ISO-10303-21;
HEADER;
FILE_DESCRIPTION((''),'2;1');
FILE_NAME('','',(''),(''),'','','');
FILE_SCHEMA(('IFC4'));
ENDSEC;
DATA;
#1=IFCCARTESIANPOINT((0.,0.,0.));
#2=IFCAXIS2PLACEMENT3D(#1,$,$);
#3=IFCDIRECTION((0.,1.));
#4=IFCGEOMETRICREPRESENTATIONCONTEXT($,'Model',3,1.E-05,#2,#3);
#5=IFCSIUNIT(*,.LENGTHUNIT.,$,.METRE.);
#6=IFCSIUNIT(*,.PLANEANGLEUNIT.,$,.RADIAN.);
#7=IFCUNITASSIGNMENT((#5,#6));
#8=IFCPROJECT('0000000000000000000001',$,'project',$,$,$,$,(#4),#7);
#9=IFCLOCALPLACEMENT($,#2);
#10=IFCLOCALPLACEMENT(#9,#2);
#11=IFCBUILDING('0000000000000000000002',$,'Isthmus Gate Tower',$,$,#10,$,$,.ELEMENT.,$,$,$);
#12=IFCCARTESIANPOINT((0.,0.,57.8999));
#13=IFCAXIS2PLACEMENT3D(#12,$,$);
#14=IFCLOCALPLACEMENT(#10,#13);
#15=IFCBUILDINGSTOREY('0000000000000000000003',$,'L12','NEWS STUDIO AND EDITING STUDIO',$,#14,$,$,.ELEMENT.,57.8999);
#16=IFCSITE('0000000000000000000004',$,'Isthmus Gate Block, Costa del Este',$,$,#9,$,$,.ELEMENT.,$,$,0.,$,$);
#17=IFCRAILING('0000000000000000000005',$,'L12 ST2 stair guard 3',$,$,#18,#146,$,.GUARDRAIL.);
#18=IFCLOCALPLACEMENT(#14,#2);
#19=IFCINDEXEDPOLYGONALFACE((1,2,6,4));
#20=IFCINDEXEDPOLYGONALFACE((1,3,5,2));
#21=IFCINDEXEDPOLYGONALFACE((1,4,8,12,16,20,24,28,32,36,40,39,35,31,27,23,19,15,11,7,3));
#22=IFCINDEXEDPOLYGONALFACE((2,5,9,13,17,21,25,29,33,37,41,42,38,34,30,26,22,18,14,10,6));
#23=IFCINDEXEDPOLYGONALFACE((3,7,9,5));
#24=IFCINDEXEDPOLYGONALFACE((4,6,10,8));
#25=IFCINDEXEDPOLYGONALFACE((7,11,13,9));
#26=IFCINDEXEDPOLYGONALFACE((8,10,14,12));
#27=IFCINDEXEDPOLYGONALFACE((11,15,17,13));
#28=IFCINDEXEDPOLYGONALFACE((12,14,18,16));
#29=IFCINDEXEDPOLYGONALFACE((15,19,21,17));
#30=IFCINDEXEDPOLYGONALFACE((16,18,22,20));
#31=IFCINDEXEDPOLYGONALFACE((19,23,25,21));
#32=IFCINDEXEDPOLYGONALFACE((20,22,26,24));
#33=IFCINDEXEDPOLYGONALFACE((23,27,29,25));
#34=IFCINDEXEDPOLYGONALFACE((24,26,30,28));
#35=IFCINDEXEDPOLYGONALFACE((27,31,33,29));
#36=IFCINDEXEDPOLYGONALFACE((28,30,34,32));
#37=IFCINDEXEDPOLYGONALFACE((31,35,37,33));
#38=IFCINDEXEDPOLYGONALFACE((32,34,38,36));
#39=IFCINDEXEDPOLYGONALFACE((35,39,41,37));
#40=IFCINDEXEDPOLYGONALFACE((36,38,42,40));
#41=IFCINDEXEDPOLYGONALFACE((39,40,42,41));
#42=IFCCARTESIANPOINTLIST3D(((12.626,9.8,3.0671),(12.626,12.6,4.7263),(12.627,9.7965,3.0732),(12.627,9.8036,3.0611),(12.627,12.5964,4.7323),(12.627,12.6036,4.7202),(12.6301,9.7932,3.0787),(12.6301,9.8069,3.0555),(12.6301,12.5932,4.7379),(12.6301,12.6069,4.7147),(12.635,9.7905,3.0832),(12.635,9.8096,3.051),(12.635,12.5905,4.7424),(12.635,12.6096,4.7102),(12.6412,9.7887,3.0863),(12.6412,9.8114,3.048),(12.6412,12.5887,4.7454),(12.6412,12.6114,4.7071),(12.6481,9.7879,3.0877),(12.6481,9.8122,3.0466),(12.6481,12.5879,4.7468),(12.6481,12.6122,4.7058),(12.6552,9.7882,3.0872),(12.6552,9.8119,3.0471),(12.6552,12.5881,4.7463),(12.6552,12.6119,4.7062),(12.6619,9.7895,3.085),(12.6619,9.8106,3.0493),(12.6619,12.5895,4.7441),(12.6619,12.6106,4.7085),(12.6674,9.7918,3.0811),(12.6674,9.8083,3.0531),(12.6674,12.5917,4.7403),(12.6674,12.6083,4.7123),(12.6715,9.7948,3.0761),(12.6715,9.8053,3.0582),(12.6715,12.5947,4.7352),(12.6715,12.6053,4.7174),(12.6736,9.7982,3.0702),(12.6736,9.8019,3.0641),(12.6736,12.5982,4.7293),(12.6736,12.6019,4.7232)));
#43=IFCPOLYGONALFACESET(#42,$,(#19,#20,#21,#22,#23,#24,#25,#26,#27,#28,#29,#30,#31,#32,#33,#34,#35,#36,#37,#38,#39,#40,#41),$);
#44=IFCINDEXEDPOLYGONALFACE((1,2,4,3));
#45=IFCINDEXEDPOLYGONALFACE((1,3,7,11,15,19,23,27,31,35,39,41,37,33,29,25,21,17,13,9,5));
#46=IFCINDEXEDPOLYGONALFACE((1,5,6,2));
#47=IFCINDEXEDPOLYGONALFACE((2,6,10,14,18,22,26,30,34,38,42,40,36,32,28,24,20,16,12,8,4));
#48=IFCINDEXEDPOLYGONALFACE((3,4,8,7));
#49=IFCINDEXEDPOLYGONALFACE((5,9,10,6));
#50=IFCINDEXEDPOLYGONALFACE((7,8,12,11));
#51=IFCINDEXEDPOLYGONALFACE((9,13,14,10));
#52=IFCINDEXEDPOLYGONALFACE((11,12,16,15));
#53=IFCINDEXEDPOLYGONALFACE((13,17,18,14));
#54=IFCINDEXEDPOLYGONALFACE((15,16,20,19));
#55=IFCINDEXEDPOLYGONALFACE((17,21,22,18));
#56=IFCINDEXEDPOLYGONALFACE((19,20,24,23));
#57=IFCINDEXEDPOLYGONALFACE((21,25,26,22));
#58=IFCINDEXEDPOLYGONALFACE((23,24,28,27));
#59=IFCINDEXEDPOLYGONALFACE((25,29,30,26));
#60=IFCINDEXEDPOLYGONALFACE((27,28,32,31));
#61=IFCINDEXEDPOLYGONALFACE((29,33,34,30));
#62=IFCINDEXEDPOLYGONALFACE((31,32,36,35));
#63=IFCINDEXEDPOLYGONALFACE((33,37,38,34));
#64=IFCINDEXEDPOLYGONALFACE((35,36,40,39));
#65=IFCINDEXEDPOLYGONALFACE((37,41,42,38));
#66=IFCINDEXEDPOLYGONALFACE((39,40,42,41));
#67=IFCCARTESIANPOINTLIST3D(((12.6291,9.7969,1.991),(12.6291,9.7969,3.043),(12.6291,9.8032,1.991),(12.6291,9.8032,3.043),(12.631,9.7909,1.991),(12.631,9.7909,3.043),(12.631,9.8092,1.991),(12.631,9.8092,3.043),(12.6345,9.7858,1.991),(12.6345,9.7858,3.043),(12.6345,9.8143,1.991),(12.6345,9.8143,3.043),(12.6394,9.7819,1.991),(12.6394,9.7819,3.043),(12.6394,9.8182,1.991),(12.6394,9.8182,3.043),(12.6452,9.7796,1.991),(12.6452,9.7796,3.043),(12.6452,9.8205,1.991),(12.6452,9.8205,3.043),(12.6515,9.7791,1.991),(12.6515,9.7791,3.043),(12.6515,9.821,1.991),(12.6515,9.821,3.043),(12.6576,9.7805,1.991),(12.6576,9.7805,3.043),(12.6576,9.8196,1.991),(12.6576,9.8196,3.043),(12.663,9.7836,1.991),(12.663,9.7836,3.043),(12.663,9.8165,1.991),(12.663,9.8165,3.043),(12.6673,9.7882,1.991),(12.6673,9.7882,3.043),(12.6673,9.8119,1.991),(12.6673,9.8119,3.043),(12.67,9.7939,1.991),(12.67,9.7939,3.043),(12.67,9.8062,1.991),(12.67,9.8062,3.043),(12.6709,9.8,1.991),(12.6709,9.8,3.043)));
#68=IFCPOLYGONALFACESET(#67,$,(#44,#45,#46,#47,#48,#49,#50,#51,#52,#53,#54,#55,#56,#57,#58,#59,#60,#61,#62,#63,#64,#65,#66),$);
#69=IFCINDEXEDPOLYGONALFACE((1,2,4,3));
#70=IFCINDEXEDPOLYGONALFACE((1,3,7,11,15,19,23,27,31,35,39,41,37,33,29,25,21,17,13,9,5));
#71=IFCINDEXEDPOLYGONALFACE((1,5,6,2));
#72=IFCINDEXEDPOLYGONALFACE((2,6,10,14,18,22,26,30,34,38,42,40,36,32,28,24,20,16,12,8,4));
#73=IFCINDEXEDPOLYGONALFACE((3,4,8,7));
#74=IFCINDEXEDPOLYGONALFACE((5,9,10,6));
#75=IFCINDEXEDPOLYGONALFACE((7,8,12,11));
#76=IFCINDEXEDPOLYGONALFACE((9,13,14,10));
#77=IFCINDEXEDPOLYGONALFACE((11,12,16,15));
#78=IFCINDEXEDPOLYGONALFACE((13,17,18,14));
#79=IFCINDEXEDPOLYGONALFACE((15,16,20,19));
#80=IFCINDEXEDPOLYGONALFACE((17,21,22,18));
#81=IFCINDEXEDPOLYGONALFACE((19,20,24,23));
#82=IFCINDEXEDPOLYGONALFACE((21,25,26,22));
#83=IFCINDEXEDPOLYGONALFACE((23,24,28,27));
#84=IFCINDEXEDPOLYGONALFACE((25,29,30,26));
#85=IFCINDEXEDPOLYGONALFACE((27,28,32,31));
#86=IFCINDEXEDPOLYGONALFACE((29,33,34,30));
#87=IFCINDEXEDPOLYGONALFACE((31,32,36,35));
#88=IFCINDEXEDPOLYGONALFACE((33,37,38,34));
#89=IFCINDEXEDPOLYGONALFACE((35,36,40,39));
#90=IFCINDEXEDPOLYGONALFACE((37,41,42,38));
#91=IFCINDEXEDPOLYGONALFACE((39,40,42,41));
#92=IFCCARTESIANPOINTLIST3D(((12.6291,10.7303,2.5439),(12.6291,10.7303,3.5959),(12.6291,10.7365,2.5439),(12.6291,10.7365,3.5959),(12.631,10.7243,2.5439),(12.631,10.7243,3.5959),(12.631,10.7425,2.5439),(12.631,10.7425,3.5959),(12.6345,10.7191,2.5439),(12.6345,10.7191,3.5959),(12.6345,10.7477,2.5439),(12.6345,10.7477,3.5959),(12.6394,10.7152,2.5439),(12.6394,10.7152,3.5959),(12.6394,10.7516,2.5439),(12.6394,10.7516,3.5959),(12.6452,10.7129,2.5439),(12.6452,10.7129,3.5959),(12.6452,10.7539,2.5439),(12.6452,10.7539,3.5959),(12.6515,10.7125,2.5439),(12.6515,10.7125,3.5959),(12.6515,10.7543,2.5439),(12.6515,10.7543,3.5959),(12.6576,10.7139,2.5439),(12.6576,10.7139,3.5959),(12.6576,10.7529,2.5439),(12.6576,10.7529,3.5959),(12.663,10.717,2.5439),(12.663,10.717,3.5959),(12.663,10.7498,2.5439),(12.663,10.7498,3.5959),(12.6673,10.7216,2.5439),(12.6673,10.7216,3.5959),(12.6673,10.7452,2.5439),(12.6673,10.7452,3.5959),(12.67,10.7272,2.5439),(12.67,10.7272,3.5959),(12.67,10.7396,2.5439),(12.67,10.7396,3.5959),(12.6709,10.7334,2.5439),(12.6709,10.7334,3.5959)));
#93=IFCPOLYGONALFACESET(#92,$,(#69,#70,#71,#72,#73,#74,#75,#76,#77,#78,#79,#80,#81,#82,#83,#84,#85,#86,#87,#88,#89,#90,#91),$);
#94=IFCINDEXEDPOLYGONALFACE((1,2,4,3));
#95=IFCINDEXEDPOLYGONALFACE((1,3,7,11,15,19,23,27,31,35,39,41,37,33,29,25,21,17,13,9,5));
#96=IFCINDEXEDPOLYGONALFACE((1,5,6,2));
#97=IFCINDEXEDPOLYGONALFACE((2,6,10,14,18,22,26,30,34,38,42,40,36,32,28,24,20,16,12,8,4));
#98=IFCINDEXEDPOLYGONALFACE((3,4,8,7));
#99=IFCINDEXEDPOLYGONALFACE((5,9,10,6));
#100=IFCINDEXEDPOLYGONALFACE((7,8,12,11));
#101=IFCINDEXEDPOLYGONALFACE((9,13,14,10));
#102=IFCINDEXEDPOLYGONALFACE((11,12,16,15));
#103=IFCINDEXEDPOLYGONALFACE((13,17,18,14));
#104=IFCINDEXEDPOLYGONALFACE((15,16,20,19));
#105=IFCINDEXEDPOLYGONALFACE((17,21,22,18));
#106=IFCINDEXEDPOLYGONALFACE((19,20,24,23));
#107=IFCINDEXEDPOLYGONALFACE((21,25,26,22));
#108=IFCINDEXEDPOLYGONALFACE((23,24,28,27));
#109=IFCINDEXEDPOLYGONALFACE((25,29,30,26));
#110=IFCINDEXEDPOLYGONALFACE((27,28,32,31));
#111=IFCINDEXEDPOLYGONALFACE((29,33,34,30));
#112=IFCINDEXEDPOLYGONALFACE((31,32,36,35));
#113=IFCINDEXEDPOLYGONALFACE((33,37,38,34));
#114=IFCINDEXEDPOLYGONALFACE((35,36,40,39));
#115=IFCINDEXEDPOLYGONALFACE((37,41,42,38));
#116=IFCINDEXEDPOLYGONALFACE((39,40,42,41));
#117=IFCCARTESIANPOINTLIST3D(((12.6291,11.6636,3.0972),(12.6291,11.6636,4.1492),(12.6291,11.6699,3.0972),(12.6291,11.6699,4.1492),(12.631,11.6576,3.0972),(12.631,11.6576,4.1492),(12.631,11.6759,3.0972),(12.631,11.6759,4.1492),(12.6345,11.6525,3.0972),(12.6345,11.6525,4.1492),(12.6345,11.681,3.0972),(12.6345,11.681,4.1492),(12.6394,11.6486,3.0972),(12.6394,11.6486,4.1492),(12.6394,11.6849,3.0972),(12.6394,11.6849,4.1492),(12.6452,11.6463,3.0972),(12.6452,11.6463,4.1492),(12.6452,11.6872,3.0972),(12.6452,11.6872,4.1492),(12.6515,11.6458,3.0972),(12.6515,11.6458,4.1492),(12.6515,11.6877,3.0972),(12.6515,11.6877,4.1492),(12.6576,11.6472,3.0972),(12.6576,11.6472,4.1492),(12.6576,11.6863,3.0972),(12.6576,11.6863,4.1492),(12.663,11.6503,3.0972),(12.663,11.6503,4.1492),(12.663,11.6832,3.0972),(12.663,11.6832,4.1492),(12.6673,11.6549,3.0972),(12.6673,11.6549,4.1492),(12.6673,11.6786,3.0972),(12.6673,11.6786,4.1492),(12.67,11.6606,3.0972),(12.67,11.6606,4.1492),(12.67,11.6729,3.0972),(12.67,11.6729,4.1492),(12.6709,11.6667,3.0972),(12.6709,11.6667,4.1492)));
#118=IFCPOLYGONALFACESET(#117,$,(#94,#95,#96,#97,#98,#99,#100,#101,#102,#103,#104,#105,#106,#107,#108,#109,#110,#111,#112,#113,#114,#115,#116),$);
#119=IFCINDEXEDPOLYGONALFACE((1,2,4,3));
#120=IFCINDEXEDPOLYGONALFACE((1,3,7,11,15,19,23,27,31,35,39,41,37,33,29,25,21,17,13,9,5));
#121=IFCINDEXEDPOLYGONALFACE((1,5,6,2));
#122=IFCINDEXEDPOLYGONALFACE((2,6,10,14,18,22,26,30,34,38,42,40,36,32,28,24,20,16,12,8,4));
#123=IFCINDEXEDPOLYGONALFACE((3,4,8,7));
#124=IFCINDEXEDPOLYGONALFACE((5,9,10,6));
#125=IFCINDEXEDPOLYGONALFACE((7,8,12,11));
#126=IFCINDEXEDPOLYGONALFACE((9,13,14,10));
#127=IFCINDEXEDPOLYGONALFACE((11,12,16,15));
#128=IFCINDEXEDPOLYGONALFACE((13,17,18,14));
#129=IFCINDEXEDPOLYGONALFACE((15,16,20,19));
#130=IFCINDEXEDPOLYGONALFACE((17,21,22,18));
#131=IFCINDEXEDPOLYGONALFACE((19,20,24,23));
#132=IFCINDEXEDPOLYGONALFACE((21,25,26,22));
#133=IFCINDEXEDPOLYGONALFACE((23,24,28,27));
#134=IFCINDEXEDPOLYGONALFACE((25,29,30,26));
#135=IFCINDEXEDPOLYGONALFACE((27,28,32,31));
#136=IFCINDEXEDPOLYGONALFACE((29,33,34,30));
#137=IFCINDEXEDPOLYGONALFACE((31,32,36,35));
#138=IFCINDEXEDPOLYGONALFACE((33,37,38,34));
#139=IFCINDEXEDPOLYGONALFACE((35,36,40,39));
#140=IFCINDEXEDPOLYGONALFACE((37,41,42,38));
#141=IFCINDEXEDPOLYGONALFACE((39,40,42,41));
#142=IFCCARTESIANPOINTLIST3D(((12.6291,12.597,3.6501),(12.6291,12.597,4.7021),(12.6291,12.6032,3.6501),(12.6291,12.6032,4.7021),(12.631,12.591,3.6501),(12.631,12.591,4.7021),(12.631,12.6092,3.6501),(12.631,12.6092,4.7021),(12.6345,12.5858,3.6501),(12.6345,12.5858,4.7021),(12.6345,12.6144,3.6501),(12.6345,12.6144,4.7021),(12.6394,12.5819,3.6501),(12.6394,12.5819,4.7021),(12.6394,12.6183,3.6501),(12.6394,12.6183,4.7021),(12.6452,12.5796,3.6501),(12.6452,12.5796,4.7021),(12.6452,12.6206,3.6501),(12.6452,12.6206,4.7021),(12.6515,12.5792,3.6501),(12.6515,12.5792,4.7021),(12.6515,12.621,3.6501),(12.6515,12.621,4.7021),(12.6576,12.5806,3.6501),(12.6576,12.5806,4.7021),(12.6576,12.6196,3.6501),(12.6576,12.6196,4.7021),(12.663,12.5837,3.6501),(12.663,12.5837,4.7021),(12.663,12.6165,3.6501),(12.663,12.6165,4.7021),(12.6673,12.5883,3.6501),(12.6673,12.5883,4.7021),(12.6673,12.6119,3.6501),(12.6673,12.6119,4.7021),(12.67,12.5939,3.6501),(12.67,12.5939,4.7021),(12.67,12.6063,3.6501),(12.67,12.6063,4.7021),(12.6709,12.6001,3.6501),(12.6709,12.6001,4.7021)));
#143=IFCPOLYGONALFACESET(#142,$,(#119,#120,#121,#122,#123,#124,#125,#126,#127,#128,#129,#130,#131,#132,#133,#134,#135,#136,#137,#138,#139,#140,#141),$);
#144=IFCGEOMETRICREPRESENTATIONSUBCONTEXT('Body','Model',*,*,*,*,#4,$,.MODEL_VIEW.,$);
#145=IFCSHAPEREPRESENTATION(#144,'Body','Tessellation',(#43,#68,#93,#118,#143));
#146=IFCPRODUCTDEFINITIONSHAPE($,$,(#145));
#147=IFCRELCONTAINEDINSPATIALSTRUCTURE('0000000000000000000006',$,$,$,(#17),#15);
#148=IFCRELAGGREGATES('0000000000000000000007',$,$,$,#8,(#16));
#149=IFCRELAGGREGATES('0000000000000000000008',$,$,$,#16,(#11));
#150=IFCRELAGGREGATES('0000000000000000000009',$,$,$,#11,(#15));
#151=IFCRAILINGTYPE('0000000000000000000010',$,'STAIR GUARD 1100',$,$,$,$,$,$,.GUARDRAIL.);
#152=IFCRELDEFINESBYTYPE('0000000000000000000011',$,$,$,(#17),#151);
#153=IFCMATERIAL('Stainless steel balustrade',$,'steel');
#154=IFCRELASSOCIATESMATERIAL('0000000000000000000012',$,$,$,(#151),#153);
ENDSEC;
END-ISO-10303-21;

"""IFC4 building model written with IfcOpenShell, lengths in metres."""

from ifc_helpers import new_model, si_unit, direction, frame, origin, origin_2d, place, context, subcontext, project, spatial, circle, extrude, material, type_object, element, save


model = new_model("IFC4")

# Units and contexts
model_context = context("Model", 3, precision=1e-05, world=origin(), true_north=direction((0.0, 1.0)))
body_context = subcontext(model_context, "Body", "Model", "MODEL_VIEW")
ifc_project = project(units=[si_unit("LENGTHUNIT", "METRE"), si_unit("PLANEANGLEUNIT", "RADIAN")], contexts=[model_context])

# Site, building, storey
site_placement = place(None, origin())
site = spatial("IfcSite", under=ifc_project, at=site_placement, Name="Isthmus Gate Block, Costa del Este", CompositionType="ELEMENT", RefElevation=0.0)
building_placement = place(site_placement, origin())
building = spatial("IfcBuilding", under=site, at=building_placement, Name="Isthmus Gate Tower", CompositionType="ELEMENT")
storey_placement = place(building_placement, frame((0.0, 0.0, 57.8999)))
storey = spatial("IfcBuildingStorey", under=building, at=storey_placement, Name="L12", Description="NEWS STUDIO AND EDITING STUDIO", CompositionType="ELEMENT", Elevation=57.8999)

# Railing
ifc_material_1 = material(Name="Stainless steel balustrade", Category="steel")
railing_type_1 = type_object("IfcRailingType", Name="STAIR GUARD 1100", PredefinedType="GUARDRAIL", material=ifc_material_1)
for number, where, name in (
    (1, (12.6499, 9.8, 1.991), "L12 ST2 stair guard 3"),
):
    element("IfcRailing", number, at=place(storey_placement, frame(where)), inside=storey, type_object=railing_type_1, Name=name, PredefinedType="GUARDRAIL", context=body_context, shape_type="SweptSolid", body=[
        extrude(circle(Radius=0.0239, at=origin_2d()), frame((0.0, 0.0, 1.0762), z_axis=(0.0, 0.860306, 0.509778), x_axis=(-1.0, 0.0, 0.0)), (0.0, 0.0, 1.0), 3.2546),
        extrude(circle(Radius=0.021, at=origin_2d()), origin(), (0.0, 0.0, 1.0), 1.052),
        extrude(circle(Radius=0.021, at=origin_2d()), frame((0.0, 0.9333, 0.553)), (0.0, 0.0, 1.0), 1.052),
        extrude(circle(Radius=0.021, at=origin_2d()), frame((0.0, 1.8667, 1.1062)), (0.0, 0.0, 1.0), 1.052),
        extrude(circle(Radius=0.021, at=origin_2d()), frame((0.0, 2.8, 1.6592)), (0.0, 0.0, 1.0), 1.052),
    ])

save(model, "model.ifc")
